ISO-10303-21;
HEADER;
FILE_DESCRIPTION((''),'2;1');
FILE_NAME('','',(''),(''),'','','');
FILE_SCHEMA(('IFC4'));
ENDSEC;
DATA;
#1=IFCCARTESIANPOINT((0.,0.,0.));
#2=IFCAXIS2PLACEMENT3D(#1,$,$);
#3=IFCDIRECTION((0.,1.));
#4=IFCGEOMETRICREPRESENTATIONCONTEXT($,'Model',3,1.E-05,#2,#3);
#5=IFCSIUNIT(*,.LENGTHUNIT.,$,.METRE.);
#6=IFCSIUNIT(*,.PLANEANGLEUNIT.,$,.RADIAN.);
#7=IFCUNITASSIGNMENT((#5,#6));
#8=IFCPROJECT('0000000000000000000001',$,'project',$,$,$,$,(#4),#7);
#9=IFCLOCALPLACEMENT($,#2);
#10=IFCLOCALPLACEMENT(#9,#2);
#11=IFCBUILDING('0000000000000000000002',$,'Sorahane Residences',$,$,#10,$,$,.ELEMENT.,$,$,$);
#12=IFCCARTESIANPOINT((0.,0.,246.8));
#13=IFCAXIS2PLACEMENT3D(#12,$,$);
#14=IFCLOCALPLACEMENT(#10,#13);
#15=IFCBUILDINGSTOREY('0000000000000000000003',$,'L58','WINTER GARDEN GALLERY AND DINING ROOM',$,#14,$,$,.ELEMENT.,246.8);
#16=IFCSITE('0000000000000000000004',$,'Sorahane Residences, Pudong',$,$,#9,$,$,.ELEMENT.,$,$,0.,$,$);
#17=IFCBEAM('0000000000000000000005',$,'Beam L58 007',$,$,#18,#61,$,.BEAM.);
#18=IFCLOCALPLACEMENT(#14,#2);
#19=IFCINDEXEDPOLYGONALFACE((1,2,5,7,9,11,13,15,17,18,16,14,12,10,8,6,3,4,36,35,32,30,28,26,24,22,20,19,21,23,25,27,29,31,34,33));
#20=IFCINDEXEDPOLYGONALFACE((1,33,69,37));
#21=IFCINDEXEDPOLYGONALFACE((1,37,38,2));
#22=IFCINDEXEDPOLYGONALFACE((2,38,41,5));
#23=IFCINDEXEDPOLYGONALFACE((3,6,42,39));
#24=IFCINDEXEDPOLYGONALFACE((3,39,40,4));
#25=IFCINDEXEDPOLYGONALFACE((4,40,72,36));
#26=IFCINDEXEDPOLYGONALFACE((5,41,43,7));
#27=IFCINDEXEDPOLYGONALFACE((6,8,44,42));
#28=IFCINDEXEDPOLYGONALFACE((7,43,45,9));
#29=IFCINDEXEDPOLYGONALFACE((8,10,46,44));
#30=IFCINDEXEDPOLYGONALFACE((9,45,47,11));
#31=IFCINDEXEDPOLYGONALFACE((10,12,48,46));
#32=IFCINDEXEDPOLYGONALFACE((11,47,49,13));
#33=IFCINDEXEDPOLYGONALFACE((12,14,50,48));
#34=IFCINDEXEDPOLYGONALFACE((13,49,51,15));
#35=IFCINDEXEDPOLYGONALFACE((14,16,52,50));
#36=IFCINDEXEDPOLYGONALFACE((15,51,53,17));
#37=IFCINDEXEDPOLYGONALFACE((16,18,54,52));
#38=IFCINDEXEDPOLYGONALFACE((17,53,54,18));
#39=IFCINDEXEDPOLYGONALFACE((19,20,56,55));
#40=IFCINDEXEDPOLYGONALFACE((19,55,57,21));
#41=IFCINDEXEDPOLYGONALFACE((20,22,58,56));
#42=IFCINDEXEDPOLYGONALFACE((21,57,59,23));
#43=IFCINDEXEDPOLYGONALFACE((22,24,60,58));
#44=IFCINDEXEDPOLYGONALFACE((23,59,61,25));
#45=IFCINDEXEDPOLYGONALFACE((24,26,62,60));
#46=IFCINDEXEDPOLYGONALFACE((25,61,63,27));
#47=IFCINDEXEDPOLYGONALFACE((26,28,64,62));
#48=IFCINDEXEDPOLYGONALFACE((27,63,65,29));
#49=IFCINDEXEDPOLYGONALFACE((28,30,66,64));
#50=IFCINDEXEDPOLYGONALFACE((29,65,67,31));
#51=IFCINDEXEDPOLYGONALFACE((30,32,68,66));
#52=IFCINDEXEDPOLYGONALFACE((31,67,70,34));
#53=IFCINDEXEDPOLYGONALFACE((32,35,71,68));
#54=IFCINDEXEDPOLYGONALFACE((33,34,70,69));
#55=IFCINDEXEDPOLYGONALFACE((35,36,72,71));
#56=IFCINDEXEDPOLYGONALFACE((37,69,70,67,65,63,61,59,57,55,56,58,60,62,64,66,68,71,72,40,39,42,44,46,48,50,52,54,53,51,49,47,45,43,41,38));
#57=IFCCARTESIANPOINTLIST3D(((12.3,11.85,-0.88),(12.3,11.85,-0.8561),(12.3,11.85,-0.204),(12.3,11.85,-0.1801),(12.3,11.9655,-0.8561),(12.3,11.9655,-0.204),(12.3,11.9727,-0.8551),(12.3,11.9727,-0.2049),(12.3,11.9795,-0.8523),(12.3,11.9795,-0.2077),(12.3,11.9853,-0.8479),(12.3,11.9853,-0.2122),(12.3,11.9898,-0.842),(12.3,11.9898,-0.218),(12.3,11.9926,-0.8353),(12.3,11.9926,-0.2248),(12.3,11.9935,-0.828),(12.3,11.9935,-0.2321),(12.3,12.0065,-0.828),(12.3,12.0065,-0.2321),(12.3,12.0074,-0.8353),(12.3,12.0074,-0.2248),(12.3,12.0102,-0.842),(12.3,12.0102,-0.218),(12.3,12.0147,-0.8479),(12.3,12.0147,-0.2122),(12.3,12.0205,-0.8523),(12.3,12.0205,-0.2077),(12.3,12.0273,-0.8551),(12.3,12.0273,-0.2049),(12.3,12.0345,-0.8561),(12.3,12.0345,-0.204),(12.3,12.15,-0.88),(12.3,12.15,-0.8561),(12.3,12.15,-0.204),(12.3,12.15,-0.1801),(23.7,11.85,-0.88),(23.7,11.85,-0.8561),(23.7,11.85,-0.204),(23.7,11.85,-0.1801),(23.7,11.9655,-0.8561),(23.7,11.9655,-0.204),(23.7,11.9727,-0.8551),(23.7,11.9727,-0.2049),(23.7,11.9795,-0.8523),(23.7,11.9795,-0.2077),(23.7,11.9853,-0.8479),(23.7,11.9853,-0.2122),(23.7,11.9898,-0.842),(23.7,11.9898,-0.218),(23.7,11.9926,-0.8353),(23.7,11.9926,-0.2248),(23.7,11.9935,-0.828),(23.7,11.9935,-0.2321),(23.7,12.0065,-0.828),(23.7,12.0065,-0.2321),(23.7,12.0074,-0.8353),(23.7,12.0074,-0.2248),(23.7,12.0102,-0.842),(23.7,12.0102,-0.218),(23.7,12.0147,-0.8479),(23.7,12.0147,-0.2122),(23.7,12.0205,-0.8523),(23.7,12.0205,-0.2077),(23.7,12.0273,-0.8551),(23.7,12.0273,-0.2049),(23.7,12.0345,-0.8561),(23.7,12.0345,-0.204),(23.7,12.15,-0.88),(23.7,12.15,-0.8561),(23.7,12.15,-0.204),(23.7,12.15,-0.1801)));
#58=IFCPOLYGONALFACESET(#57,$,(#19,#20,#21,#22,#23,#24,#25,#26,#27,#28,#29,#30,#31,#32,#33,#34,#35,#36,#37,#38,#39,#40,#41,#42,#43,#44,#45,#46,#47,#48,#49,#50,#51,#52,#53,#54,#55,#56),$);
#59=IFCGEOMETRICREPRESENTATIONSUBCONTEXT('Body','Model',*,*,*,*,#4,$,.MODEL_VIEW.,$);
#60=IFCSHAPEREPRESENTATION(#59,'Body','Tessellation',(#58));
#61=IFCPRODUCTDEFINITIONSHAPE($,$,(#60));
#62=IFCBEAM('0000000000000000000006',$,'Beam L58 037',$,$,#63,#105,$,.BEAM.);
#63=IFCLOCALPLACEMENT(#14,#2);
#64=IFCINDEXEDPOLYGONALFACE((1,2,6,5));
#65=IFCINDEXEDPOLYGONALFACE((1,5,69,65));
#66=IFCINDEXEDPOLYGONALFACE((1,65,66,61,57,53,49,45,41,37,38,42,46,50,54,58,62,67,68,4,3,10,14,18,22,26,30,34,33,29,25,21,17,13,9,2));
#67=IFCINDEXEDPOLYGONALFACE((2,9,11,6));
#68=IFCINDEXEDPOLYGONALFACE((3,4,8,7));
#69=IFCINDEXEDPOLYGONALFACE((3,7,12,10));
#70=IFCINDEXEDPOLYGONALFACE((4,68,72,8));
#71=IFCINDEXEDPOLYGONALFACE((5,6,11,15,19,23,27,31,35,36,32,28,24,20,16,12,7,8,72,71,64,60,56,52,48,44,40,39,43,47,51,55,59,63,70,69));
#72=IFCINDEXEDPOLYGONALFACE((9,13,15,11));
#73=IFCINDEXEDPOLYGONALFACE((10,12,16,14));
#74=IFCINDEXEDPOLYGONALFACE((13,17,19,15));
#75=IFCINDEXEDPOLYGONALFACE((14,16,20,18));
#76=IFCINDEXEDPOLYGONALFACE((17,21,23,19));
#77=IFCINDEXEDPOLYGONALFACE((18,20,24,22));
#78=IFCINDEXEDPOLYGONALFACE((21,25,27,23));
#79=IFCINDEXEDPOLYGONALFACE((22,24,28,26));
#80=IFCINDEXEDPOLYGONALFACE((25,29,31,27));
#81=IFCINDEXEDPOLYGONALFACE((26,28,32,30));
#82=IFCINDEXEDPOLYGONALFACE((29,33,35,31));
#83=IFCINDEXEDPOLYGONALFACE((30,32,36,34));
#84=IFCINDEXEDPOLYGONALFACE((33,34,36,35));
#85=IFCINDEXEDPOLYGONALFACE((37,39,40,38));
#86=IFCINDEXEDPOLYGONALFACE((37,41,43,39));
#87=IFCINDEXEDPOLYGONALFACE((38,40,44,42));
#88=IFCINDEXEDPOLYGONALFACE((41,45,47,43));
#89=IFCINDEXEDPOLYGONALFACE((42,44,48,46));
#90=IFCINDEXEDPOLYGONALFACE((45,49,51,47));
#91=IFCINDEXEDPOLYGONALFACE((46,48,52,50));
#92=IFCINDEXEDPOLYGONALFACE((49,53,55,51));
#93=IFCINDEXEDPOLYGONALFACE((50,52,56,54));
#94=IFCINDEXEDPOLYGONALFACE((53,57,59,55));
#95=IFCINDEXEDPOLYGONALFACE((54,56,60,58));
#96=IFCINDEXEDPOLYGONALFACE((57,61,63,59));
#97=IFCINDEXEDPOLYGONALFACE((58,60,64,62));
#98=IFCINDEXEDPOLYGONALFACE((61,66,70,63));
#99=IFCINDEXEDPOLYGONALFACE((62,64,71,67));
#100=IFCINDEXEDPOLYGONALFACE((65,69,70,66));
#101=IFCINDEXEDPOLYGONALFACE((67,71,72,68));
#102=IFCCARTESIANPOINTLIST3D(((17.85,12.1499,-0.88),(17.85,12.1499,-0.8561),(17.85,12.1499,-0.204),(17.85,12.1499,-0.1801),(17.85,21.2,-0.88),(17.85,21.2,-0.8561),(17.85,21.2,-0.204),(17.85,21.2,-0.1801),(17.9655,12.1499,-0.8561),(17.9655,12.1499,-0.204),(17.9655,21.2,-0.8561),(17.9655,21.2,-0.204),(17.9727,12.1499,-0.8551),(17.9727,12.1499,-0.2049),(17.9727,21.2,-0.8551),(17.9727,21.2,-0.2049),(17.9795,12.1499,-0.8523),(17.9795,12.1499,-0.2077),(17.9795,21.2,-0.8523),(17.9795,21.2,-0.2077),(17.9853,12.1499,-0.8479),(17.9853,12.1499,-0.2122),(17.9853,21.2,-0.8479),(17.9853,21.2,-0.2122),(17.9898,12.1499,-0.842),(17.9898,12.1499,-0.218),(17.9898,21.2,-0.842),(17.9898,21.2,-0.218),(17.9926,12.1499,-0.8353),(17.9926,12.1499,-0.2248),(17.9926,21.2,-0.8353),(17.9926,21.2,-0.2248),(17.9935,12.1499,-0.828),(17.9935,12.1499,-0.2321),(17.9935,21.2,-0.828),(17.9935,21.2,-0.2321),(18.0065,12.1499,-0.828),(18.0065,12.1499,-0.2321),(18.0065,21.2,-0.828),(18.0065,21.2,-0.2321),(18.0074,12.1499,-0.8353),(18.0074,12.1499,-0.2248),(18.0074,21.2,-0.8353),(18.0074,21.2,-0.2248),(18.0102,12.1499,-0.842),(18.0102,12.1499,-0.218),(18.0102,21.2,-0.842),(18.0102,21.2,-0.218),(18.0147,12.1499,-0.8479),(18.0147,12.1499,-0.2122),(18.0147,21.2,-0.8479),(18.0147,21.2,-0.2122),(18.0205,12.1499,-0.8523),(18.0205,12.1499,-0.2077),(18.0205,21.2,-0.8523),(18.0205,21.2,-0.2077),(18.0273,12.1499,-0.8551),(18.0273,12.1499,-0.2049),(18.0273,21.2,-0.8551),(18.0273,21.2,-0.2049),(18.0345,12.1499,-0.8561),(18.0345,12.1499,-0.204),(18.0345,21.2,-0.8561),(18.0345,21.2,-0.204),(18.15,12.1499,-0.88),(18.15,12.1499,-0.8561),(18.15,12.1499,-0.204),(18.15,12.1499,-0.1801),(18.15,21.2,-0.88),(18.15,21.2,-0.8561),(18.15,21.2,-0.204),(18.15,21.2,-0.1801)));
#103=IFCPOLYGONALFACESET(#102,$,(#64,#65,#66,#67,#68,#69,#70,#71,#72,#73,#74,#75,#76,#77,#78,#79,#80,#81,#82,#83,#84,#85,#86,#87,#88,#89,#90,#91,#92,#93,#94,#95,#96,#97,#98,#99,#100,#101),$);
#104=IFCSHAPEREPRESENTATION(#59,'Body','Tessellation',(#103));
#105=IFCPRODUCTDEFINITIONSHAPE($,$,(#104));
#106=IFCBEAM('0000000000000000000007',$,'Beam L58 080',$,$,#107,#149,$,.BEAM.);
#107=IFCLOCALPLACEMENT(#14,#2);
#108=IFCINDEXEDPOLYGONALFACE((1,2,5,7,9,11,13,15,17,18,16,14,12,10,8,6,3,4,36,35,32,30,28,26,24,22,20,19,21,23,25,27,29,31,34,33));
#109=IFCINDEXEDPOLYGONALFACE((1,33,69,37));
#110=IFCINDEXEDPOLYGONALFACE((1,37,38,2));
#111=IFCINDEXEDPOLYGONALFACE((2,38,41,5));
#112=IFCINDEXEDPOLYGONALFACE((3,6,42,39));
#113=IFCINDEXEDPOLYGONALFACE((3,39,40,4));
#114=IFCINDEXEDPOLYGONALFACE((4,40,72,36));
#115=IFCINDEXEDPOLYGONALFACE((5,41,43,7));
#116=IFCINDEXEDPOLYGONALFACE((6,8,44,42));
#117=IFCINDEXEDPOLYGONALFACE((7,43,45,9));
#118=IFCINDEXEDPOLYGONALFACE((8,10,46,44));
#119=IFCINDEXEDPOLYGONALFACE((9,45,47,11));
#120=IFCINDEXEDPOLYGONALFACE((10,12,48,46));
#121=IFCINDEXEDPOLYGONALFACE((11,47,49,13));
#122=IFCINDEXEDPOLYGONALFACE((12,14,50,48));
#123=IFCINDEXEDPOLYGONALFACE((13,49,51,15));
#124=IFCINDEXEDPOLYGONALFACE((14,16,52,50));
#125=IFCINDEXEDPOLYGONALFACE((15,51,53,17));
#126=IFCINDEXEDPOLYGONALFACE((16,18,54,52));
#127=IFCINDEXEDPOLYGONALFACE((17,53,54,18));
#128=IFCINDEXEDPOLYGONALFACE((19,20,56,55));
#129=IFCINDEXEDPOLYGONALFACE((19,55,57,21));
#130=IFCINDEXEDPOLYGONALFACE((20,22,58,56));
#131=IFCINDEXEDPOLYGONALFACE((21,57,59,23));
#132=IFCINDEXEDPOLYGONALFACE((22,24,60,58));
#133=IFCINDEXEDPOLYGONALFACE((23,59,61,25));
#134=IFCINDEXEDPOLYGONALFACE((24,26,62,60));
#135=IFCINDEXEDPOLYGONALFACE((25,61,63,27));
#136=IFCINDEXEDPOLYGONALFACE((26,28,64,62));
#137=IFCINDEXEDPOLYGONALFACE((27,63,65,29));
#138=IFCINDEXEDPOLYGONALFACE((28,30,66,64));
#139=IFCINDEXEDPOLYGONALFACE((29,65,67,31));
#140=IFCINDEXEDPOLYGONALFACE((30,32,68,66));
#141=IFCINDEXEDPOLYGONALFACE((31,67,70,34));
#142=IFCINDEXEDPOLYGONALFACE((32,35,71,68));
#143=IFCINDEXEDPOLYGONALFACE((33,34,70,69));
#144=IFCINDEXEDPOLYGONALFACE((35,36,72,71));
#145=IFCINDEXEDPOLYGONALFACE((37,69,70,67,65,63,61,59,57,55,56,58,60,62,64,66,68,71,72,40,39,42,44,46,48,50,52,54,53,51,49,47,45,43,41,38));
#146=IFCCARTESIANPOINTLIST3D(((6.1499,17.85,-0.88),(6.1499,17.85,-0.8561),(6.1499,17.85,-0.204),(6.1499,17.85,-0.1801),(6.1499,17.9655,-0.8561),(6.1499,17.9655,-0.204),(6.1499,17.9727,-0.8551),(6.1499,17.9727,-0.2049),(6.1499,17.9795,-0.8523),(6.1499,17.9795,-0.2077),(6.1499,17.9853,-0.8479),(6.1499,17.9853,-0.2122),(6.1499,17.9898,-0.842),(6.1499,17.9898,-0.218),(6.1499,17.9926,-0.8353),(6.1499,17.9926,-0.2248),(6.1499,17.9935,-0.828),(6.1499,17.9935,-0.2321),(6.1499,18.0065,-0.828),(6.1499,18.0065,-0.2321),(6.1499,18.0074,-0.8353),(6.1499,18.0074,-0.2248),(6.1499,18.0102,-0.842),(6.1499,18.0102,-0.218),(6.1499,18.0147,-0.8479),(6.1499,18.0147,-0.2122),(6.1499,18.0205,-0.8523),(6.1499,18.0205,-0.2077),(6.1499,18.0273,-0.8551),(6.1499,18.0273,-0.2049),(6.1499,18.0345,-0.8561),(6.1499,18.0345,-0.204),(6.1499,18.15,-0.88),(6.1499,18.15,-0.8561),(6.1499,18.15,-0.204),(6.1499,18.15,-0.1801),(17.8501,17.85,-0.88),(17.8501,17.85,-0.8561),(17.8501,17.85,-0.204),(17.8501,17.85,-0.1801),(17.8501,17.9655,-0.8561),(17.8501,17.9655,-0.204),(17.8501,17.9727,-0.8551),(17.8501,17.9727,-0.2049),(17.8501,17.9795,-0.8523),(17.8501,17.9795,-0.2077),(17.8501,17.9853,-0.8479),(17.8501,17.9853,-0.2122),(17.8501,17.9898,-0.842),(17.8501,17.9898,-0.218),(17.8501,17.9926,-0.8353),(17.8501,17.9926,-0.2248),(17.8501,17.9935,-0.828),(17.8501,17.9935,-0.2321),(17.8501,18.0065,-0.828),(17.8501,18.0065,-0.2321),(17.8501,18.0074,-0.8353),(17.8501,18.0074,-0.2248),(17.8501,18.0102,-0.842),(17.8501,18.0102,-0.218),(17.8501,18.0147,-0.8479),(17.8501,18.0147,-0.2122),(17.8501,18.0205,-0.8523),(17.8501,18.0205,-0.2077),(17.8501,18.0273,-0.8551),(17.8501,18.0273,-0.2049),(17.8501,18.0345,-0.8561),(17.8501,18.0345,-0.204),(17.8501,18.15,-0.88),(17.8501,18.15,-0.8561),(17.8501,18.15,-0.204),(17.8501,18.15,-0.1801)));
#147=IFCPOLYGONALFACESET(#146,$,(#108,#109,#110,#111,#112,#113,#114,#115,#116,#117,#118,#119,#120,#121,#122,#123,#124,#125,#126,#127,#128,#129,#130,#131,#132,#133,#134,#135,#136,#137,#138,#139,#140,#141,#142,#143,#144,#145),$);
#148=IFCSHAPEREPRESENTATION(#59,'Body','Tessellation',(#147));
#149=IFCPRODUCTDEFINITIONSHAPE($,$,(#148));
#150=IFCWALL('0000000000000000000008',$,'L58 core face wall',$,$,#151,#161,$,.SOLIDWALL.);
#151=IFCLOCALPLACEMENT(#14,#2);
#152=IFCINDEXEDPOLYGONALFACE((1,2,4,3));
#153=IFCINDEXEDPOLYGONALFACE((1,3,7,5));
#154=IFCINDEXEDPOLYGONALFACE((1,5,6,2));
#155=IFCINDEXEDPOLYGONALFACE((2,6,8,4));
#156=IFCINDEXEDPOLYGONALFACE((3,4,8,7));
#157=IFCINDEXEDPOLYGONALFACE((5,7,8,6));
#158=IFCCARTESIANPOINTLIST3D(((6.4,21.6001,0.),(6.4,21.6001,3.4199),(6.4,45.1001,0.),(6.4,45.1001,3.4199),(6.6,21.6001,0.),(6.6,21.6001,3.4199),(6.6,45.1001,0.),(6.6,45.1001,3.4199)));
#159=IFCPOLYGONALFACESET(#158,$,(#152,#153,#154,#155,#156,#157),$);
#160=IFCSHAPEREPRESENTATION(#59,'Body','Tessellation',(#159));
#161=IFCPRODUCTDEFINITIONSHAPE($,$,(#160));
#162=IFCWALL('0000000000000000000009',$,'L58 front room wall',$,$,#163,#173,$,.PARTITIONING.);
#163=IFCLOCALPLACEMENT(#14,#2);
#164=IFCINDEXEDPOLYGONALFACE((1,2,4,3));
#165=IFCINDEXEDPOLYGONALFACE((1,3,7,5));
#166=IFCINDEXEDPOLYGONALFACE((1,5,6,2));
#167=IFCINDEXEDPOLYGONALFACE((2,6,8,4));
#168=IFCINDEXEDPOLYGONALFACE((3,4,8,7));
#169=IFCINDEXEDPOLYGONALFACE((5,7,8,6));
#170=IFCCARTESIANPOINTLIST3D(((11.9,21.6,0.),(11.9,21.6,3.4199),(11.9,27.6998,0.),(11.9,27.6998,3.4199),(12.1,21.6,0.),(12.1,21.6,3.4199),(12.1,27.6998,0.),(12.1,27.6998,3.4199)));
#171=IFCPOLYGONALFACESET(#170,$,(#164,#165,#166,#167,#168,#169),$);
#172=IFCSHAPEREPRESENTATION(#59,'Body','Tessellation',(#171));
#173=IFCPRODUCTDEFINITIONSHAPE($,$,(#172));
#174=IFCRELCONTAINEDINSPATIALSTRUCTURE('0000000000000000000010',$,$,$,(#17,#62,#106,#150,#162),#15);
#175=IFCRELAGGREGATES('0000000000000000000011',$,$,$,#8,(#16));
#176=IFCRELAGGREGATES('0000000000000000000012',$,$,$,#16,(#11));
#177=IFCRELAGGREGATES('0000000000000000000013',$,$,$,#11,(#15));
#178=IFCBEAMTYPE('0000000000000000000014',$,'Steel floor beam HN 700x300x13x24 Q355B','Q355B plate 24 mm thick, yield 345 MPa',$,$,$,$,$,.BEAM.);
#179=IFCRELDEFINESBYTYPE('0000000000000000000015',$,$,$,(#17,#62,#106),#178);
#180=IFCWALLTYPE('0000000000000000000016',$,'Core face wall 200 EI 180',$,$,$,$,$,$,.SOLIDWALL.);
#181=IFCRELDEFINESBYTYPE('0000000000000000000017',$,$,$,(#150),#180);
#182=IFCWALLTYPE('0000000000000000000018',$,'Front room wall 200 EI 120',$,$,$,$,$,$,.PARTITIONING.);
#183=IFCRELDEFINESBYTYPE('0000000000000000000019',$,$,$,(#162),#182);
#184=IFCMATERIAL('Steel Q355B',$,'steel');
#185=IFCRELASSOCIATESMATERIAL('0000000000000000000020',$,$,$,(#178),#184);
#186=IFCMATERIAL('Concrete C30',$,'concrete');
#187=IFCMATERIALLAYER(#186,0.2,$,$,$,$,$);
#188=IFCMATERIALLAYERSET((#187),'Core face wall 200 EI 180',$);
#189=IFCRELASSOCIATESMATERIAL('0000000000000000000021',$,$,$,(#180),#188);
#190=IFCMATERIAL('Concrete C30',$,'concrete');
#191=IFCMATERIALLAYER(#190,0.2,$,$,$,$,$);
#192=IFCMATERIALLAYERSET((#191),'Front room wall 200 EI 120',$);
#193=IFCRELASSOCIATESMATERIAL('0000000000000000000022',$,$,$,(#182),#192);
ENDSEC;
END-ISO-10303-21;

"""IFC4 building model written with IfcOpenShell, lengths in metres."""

from ifc_helpers import new_model, si_unit, direction, frame, frame_2d, origin, origin_2d, place, context, subcontext, project, spatial, rectangle, i_section, extrude, material, layer, layer_set, material_profile, profile_set, type_object, element, save


model = new_model("IFC4")

# Units and contexts
model_context = context("Model", 3, precision=1e-05, world=origin(), true_north=direction((0.0, 1.0)))
body_context = subcontext(model_context, "Body", "Model", "MODEL_VIEW")
ifc_project = project(units=[si_unit("LENGTHUNIT", "METRE"), si_unit("PLANEANGLEUNIT", "RADIAN")], contexts=[model_context])

# Site, building, storey
site_placement = place(None, origin())
site = spatial("IfcSite", under=ifc_project, at=site_placement, Name="Sorahane Residences, Pudong", CompositionType="ELEMENT", RefElevation=0.0)
building_placement = place(site_placement, origin())
building = spatial("IfcBuilding", under=site, at=building_placement, Name="Sorahane Residences", CompositionType="ELEMENT")
storey_placement = place(building_placement, frame((0.0, 0.0, 246.8)))
storey = spatial("IfcBuildingStorey", under=building, at=storey_placement, Name="L58", Description="WINTER GARDEN GALLERY AND DINING ROOM", CompositionType="ELEMENT", Elevation=246.8)

# Beams
ifc_material_1 = material(Name="Steel Q355B", Category="steel")
ifc_material_profile_1 = material_profile(ifc_material_1, i_section(OverallWidth=0.3, OverallDepth=0.7, WebThickness=0.0129, FlangeThickness=0.0239, FilletRadius=0.0281, at=origin_2d()), Name="HN 700x300x13x24")
ifc_profile_set_1 = profile_set([ifc_material_profile_1], Name="Steel Q355B")
beam_type_1 = type_object("IfcBeamType", Name="Steel floor beam HN 700x300x13x24 Q355B", Description="Q355B plate 24 mm thick, yield 345 MPa", PredefinedType="BEAM", material=ifc_profile_set_1)
beam_1_placement = place(storey_placement, frame((12.3, 12.0, -0.53), z_axis=(1.0, 0.0, 0.0), x_axis=(0.0, 1.0, 0.0)))
element("IfcBeam", 1, at=beam_1_placement, inside=storey, type_object=beam_type_1, Name="Beam L58 007", PredefinedType="BEAM", context=body_context, shape_type="SweptSolid", body=[
    extrude(i_section(OverallWidth=0.3, OverallDepth=0.7, WebThickness=0.0129, FlangeThickness=0.0239, FilletRadius=0.0281, at=origin_2d()), origin(), (0.0, 0.0, 1.0), 11.3999),
])
beam_2_placement = place(storey_placement, frame((18.0, 12.1499, -0.53), z_axis=(0.0, 1.0, 0.0), x_axis=(-1.0, 0.0, 0.0)))
element("IfcBeam", 2, at=beam_2_placement, inside=storey, type_object=beam_type_1, Name="Beam L58 037", PredefinedType="BEAM", context=body_context, shape_type="SweptSolid", body=[
    extrude(i_section(OverallWidth=0.3, OverallDepth=0.7, WebThickness=0.0129, FlangeThickness=0.0239, FilletRadius=0.0281, at=origin_2d()), origin(), (0.0, 0.0, 1.0), 9.05),
])
beam_3_placement = place(storey_placement, frame((6.1499, 18.0, -0.53), z_axis=(1.0, 0.0, 0.0), x_axis=(0.0, 1.0, 0.0)))
element("IfcBeam", 3, at=beam_3_placement, inside=storey, type_object=beam_type_1, Name="Beam L58 080", PredefinedType="BEAM", context=body_context, shape_type="SweptSolid", body=[
    extrude(i_section(OverallWidth=0.3, OverallDepth=0.7, WebThickness=0.0129, FlangeThickness=0.0239, FilletRadius=0.0281, at=origin_2d()), origin(), (0.0, 0.0, 1.0), 11.7002),
])

# Walls
ifc_material_2 = material(Name="Concrete C30", Category="concrete")
ifc_layer_1 = layer(ifc_material_2, 0.2)
ifc_layer_set_1 = layer_set([ifc_layer_1], Name="Core face wall 200 EI 180")
wall_type_1 = type_object("IfcWallType", Name="Core face wall 200 EI 180", PredefinedType="SOLIDWALL", material=ifc_layer_set_1)
wall_1_placement = place(storey_placement, frame((6.5, 21.6001, 0.0), z_axis=(0.0, 0.0, 1.0), x_axis=(0.0, 1.0, 0.0)))
element("IfcWall", 4, at=wall_1_placement, inside=storey, type_object=wall_type_1, Name="L58 core face wall", PredefinedType="SOLIDWALL", context=body_context, shape_type="SweptSolid", body=[
    extrude(rectangle(XDim=23.5, YDim=0.2, at=frame_2d((11.75, 0.0))), origin(), (0.0, 0.0, 1.0), 3.4199),
])
ifc_material_3 = material(Name="Concrete C30", Category="concrete")
ifc_layer_2 = layer(ifc_material_3, 0.2)
ifc_layer_set_2 = layer_set([ifc_layer_2], Name="Front room wall 200 EI 120")
wall_type_2 = type_object("IfcWallType", Name="Front room wall 200 EI 120", PredefinedType="PARTITIONING", material=ifc_layer_set_2)
wall_2_placement = place(storey_placement, frame((12.0, 21.6001, 0.0), z_axis=(0.0, 0.0, 1.0), x_axis=(0.0, 1.0, 0.0)))
element("IfcWall", 5, at=wall_2_placement, inside=storey, type_object=wall_type_2, Name="L58 front room wall", PredefinedType="PARTITIONING", context=body_context, shape_type="SweptSolid", body=[
    extrude(rectangle(XDim=6.0999, YDim=0.2, at=frame_2d((3.0498, 0.0))), origin(), (0.0, 0.0, 1.0), 3.4199),
])

save(model, "model.ifc")
